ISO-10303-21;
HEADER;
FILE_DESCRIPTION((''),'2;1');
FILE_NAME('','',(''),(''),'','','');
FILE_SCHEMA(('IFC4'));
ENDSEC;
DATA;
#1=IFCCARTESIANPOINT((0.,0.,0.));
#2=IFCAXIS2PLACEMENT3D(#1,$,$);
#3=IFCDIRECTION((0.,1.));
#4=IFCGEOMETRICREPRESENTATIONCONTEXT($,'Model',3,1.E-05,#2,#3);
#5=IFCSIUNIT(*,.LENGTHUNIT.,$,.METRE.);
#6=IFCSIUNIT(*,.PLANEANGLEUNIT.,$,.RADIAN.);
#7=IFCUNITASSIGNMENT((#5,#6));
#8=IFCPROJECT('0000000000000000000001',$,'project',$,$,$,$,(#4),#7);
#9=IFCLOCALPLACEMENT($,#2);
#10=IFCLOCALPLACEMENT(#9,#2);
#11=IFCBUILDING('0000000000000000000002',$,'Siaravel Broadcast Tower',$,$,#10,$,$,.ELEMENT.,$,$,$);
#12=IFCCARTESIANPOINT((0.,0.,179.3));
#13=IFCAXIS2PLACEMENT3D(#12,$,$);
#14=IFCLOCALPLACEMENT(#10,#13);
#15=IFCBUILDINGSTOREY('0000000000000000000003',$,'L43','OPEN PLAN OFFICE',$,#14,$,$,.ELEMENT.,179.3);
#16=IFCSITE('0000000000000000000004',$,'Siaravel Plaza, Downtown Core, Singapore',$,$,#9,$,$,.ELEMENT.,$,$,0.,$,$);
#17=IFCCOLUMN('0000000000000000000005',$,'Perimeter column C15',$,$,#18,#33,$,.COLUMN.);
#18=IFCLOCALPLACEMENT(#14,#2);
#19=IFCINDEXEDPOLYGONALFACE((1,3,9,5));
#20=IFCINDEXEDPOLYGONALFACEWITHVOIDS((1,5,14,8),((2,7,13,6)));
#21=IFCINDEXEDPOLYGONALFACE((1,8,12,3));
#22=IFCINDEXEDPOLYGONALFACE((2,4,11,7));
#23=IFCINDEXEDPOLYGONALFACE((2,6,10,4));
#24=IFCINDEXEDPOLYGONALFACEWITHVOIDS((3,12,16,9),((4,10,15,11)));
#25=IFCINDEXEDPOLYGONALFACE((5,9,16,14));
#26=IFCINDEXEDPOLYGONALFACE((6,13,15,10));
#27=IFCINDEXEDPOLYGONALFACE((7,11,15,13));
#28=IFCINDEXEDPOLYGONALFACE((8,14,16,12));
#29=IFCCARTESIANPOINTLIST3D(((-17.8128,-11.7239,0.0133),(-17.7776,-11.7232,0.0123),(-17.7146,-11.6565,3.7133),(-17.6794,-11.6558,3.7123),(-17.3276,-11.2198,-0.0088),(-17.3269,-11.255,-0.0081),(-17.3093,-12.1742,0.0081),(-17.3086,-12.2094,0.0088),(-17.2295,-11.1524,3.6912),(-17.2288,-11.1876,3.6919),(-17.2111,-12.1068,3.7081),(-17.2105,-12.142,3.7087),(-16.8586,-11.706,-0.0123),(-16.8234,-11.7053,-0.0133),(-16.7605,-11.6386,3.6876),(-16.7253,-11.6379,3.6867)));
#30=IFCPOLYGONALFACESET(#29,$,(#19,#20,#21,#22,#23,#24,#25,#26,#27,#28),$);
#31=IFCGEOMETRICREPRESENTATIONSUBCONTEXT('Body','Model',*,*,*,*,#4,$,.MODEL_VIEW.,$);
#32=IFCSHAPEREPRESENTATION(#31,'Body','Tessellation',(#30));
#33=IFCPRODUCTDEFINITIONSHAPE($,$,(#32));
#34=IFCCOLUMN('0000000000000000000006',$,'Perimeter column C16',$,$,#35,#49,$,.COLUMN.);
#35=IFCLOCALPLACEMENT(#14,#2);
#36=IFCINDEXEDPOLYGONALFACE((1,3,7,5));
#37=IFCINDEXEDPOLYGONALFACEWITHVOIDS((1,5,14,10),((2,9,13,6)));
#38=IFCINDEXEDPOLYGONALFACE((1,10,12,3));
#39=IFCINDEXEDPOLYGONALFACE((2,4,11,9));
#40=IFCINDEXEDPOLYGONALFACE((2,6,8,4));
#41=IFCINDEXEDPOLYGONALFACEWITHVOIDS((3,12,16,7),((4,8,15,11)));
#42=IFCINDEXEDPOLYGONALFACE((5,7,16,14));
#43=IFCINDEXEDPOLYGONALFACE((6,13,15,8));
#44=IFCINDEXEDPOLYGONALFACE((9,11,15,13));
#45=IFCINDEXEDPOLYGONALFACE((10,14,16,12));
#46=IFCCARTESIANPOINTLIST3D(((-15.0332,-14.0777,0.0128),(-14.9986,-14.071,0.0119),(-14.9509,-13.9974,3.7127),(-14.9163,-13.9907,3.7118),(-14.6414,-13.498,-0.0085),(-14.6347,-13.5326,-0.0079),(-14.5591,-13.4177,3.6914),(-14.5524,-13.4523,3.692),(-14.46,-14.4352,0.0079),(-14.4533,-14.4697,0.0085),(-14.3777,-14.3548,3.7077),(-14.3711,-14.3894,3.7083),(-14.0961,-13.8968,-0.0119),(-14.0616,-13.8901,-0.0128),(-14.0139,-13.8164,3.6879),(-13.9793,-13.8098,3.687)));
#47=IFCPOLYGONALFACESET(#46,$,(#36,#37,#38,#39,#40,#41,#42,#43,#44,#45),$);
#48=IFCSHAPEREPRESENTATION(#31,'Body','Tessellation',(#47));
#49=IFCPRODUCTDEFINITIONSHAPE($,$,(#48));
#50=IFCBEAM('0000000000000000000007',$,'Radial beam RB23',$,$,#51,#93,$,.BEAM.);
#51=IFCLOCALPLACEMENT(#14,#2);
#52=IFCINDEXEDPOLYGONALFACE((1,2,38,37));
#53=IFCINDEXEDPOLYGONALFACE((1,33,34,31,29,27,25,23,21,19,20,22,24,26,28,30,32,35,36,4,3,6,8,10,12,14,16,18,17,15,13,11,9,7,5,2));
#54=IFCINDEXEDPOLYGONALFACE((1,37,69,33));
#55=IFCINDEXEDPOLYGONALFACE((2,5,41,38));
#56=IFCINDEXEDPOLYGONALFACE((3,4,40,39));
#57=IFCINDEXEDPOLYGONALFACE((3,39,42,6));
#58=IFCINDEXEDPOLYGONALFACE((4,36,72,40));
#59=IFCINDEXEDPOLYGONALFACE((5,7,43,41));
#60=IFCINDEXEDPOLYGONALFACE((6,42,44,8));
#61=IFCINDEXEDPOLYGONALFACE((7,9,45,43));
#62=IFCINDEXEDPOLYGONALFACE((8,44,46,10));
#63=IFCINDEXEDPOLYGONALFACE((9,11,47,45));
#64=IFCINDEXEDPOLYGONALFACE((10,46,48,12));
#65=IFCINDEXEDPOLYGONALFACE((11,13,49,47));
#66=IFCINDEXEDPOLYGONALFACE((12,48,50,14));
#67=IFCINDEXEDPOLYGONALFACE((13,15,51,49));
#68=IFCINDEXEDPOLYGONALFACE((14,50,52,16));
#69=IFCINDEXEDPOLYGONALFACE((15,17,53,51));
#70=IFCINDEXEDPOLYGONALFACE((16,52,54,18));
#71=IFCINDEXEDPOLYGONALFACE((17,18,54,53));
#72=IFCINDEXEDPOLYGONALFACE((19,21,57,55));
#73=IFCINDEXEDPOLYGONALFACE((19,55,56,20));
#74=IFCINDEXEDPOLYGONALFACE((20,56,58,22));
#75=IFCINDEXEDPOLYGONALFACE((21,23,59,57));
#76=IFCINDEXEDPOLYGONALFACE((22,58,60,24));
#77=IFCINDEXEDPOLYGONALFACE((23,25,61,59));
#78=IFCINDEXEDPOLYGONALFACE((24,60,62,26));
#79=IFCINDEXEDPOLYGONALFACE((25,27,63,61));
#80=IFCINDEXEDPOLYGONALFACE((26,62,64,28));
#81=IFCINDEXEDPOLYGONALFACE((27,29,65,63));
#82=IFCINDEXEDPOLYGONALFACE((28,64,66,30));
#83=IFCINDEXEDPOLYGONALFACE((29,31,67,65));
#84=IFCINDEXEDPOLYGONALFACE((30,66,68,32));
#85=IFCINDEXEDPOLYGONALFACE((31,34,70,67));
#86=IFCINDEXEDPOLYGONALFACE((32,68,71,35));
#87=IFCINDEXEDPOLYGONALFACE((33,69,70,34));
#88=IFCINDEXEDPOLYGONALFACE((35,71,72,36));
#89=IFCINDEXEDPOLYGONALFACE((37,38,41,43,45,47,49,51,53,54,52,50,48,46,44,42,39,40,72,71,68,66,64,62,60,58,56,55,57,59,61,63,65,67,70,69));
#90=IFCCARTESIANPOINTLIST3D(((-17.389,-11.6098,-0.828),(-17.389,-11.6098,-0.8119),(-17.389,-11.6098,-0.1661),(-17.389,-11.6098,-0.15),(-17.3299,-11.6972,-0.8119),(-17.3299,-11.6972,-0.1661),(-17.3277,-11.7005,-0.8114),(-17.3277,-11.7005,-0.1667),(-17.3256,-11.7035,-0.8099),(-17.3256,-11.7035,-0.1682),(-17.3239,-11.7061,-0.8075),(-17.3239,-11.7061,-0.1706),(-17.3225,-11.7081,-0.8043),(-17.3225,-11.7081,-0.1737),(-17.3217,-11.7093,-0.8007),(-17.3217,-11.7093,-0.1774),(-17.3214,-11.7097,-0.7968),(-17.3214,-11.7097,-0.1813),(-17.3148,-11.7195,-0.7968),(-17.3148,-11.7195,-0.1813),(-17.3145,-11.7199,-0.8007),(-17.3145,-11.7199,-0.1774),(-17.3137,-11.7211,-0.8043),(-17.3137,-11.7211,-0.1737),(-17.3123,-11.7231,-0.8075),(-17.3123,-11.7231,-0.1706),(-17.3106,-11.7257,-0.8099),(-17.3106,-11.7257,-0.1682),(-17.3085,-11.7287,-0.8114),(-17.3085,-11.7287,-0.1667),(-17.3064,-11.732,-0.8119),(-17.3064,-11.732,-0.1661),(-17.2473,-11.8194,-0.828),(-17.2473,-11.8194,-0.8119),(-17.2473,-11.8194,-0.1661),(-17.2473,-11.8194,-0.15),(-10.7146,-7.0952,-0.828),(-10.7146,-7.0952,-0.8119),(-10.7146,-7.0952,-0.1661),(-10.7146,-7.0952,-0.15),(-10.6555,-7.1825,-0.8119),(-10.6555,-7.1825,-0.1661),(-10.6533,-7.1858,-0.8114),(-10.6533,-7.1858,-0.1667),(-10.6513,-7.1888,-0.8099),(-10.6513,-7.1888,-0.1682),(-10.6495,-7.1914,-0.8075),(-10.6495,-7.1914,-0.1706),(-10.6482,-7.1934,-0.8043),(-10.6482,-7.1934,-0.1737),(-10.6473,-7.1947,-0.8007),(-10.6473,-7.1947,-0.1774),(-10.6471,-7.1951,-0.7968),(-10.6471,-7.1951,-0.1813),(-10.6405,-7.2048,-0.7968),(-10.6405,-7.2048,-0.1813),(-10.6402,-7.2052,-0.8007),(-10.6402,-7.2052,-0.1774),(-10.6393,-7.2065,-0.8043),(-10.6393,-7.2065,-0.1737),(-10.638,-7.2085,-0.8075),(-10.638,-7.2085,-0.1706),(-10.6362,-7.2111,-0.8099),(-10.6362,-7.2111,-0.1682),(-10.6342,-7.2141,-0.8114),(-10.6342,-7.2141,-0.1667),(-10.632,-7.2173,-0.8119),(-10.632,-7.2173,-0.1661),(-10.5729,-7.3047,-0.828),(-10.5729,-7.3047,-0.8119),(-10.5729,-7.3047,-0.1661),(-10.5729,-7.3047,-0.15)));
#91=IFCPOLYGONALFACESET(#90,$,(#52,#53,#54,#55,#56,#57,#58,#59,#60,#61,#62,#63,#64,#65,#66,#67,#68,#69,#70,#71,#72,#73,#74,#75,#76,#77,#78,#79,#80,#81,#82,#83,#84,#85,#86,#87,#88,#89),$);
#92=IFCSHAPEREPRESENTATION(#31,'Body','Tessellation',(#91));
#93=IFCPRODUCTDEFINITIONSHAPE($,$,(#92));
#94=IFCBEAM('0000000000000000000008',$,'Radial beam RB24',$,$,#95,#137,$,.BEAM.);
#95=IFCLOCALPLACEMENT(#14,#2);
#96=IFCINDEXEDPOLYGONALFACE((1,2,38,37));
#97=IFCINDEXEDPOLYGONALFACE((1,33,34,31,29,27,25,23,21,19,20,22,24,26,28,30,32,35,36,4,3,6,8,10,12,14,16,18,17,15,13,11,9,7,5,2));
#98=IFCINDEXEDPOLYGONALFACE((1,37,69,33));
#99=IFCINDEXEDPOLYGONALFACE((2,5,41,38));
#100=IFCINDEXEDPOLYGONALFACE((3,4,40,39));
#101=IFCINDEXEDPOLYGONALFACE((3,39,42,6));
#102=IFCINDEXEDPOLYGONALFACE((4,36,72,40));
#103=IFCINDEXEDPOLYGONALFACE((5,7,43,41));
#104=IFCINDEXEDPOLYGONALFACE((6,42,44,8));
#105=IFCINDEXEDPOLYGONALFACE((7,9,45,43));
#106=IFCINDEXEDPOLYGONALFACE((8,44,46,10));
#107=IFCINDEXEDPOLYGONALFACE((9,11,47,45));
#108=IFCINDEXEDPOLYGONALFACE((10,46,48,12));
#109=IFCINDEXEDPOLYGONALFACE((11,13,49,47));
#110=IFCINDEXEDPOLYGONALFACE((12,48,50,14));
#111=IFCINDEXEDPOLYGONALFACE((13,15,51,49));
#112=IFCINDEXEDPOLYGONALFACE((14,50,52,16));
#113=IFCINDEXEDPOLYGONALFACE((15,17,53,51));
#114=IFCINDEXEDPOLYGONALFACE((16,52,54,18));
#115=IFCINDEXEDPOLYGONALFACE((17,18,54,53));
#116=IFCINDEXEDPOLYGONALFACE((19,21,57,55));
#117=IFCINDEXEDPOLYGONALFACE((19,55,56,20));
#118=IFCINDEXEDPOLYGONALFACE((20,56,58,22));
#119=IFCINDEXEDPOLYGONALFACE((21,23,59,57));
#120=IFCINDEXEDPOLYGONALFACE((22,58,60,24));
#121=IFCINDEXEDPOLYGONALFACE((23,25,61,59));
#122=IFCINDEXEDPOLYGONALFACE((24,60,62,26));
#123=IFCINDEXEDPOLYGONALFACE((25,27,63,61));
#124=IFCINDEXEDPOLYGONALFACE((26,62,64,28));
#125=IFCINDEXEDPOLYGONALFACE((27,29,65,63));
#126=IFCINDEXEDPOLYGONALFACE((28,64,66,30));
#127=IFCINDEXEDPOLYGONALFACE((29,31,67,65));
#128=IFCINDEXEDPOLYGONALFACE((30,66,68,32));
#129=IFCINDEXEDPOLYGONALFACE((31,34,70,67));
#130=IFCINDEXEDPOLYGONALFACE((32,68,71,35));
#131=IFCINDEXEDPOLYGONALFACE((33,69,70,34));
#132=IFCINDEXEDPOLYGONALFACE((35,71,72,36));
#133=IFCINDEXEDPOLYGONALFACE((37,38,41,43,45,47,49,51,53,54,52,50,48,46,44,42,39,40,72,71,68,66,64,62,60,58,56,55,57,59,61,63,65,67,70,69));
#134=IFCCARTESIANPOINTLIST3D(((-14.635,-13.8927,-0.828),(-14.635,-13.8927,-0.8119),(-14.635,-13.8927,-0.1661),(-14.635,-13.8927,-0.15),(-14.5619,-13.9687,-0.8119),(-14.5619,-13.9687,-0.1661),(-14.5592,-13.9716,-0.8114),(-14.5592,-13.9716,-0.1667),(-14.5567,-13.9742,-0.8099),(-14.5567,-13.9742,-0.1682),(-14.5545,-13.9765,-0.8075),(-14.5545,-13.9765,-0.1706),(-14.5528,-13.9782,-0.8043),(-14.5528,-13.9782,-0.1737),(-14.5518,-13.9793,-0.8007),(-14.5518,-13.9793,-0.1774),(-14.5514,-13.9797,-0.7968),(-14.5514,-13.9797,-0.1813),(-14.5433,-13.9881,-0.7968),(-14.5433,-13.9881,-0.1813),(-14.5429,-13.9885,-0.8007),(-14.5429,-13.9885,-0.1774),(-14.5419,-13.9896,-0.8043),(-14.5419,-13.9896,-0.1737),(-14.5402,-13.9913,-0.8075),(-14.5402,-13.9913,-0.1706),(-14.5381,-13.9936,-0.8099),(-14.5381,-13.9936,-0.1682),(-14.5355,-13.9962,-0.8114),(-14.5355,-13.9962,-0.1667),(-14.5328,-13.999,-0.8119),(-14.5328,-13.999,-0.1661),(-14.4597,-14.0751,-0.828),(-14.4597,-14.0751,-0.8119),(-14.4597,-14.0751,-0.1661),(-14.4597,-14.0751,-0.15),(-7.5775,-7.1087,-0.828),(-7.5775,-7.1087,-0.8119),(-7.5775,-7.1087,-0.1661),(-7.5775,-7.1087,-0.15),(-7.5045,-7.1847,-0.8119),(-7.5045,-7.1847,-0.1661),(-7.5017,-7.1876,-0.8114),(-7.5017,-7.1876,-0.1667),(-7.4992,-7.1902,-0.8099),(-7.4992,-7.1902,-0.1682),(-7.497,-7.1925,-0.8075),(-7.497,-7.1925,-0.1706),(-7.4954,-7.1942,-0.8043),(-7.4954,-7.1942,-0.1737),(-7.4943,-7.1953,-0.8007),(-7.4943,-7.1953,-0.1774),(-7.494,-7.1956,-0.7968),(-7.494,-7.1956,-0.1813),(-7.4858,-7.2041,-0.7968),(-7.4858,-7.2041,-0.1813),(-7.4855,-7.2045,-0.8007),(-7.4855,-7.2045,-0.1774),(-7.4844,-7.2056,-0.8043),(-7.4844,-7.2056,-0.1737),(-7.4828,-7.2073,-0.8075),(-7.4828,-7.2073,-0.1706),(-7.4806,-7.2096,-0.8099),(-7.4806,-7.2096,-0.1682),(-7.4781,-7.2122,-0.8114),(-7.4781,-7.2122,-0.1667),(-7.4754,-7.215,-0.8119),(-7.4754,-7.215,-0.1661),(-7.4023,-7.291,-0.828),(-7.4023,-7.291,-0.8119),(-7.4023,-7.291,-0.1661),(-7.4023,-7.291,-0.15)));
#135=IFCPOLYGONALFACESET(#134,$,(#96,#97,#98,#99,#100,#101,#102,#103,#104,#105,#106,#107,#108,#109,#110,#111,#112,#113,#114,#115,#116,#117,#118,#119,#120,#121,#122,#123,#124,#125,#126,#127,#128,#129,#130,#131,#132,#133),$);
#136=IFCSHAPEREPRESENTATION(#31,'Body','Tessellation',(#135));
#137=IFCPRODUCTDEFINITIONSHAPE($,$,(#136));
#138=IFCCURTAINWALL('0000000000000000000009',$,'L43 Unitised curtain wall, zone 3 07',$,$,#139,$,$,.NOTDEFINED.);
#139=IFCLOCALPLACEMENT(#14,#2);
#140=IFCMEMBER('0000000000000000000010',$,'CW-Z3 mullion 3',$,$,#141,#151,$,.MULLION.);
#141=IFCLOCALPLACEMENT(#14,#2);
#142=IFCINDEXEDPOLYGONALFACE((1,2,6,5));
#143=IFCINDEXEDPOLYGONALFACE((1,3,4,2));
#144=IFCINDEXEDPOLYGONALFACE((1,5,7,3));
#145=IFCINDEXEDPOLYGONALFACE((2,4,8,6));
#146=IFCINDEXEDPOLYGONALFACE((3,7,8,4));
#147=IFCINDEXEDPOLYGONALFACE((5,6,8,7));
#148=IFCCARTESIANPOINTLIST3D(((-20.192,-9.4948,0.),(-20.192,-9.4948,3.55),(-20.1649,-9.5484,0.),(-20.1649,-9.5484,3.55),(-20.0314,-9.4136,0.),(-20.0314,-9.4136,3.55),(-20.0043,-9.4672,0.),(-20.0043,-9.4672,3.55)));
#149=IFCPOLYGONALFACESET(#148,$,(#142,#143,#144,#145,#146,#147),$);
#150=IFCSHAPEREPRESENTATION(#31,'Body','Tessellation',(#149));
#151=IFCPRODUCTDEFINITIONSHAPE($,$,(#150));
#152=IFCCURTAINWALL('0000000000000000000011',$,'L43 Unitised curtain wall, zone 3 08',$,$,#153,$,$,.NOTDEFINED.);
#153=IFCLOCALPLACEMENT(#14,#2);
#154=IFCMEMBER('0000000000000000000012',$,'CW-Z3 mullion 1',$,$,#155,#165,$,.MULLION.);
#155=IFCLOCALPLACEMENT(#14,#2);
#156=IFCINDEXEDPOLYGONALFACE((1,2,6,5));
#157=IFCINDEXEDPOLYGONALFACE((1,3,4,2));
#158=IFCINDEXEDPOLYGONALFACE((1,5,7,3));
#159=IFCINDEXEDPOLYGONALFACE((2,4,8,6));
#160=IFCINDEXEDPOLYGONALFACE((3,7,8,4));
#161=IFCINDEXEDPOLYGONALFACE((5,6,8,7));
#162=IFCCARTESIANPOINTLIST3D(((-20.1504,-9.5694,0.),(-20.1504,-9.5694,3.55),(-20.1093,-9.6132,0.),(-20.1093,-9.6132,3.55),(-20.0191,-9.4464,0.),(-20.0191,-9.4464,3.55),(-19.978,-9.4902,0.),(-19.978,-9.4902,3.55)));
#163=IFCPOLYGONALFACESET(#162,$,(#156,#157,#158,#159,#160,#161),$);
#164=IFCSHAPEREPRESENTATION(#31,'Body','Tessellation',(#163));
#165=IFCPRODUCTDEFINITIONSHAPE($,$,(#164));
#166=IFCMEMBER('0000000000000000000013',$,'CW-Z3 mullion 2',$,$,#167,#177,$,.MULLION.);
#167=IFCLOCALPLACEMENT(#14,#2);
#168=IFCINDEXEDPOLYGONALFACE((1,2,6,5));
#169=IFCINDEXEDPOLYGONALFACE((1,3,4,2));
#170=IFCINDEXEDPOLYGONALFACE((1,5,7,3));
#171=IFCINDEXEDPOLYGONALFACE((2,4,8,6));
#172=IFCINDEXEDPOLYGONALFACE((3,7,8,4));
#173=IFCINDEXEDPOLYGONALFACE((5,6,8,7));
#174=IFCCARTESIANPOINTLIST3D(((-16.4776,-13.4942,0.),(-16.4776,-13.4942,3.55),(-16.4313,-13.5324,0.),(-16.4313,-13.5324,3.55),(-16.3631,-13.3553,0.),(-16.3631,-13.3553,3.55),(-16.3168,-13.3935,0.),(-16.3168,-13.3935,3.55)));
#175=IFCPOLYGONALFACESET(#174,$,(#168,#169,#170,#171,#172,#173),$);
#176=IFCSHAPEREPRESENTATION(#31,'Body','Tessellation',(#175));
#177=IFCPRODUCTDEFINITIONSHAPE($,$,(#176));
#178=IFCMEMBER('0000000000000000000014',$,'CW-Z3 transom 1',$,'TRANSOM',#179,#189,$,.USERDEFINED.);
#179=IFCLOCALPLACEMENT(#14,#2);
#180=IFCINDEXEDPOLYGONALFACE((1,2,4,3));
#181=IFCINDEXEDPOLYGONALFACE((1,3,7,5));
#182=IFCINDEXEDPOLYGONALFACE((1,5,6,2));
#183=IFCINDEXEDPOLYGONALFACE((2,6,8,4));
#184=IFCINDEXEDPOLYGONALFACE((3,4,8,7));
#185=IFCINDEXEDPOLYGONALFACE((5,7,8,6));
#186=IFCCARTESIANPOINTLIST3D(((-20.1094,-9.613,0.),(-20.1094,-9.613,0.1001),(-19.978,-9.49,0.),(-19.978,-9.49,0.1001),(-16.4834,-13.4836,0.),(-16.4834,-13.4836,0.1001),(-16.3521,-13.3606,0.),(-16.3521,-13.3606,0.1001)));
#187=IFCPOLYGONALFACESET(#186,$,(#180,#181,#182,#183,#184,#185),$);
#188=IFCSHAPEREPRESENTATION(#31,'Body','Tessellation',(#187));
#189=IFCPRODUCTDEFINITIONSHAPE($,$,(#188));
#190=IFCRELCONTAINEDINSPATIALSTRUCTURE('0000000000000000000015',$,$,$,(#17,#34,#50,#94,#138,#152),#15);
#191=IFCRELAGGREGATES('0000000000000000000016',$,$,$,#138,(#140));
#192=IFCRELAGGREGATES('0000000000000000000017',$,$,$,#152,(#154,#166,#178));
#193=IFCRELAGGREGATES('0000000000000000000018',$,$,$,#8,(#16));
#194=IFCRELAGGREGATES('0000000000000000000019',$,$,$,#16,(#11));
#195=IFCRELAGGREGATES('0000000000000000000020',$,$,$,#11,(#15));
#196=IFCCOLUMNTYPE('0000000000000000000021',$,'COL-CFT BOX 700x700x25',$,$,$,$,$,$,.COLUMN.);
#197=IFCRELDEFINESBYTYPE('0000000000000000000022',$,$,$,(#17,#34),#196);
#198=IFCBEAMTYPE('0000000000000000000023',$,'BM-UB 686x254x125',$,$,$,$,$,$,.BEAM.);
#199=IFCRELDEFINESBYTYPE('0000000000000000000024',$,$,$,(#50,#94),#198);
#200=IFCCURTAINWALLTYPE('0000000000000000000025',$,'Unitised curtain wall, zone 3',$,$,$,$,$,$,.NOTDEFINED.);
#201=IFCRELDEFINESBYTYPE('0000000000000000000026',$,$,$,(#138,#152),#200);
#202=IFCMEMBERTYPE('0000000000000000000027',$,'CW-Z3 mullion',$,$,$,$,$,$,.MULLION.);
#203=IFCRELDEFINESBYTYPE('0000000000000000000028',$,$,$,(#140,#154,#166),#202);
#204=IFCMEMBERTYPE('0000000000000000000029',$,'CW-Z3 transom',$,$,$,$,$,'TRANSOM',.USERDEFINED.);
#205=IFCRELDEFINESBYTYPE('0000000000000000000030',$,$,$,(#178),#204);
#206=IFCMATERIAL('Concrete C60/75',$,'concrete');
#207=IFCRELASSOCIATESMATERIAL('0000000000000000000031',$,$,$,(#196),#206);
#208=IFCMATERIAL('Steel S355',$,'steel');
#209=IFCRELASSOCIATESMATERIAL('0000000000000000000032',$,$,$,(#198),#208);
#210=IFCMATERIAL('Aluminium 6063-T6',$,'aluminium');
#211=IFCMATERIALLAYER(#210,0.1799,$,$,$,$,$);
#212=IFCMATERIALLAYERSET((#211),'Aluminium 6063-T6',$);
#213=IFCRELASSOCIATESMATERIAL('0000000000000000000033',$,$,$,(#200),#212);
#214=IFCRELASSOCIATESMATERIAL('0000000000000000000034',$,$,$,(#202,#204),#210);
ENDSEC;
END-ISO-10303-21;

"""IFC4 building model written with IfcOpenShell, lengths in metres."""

from ifc_helpers import new_model, si_unit, direction, frame, origin, origin_2d, place, context, subcontext, project, spatial, rectangle, hollow_rectangle, i_section, extrude, material, layer, layer_set, material_profile, profile_set, type_object, element, aggregate, save


model = new_model("IFC4")

# Units and contexts
model_context = context("Model", 3, precision=1e-05, world=origin(), true_north=direction((0.0, 1.0)))
body_context = subcontext(model_context, "Body", "Model", "MODEL_VIEW")
ifc_project = project(units=[si_unit("LENGTHUNIT", "METRE"), si_unit("PLANEANGLEUNIT", "RADIAN")], contexts=[model_context])

# Site, building, storey
site_placement = place(None, origin())
site = spatial("IfcSite", under=ifc_project, at=site_placement, Name="Siaravel Plaza, Downtown Core, Singapore", CompositionType="ELEMENT", RefElevation=0.0)
building_placement = place(site_placement, origin())
building = spatial("IfcBuilding", under=site, at=building_placement, Name="Siaravel Broadcast Tower", CompositionType="ELEMENT")
storey_placement = place(building_placement, frame((0.0, 0.0, 179.3)))
storey = spatial("IfcBuildingStorey", under=building, at=storey_placement, Name="L43", Description="OPEN PLAN OFFICE", CompositionType="ELEMENT", Elevation=179.3)

# Columns
ifc_material_1 = material(Name="Concrete C60/75", Category="concrete")
ifc_material_profile_1 = material_profile(ifc_material_1, hollow_rectangle(XDim=0.7, YDim=0.7, WallThickness=0.0249, at=origin_2d()))
ifc_profile_set_1 = profile_set([ifc_material_profile_1], Name="Concrete C60/75")
column_type = type_object("IfcColumnType", Name="COL-CFT BOX 700x700x25", PredefinedType="COLUMN", material=ifc_profile_set_1)
column_1_placement = place(storey_placement, frame((-17.3181, -11.7146, 0.0), z_axis=(0.026512, 0.018202, 0.999483), x_axis=(-0.720311, 0.693622, 0.006475)))
element("IfcColumn", 1, at=column_1_placement, inside=storey, type_object=column_type, Name="Perimeter column C15", PredefinedType="COLUMN", context=body_context, shape_type="SweptSolid", body=[
    extrude(hollow_rectangle(XDim=0.7, YDim=0.7, WallThickness=0.0249, at=origin_2d()), origin(), (0.0, 0.0, 1.0), 3.7019),
])
column_2_placement = place(storey_placement, frame((-14.5474, -13.9839, 0.0), z_axis=(0.022226, 0.021699, 0.999517), x_axis=(-0.828399, 0.560103, 0.006262)))
element("IfcColumn", 2, at=column_2_placement, inside=storey, type_object=column_type, Name="Perimeter column C16", PredefinedType="COLUMN", context=body_context, shape_type="SweptSolid", body=[
    extrude(hollow_rectangle(XDim=0.7, YDim=0.7, WallThickness=0.0249, at=origin_2d()), origin(), (0.0, 0.0, 1.0), 3.7017),
])

# Beams
ifc_material_2 = material(Name="Steel S355", Category="steel")
ifc_material_profile_2 = material_profile(ifc_material_2, i_section(OverallWidth=0.2529, OverallDepth=0.678, WebThickness=0.0117, FlangeThickness=0.0161, FilletRadius=0.0151, at=origin_2d()))
ifc_profile_set_2 = profile_set([ifc_material_profile_2], Name="Steel S355")
beam_type = type_object("IfcBeamType", Name="BM-UB 686x254x125", PredefinedType="BEAM", material=ifc_profile_set_2)
beam_1_placement = place(storey_placement, frame((-17.3181, -11.7146, -0.489), z_axis=(0.828302, 0.560281, 0.0), x_axis=(-0.560281, 0.828302, 0.0)))
element("IfcBeam", 3, at=beam_1_placement, inside=storey, type_object=beam_type, Name="Radial beam RB23", PredefinedType="BEAM", context=body_context, shape_type="SweptSolid", body=[
    extrude(i_section(OverallWidth=0.2529, OverallDepth=0.678, WebThickness=0.0117, FlangeThickness=0.0161, FilletRadius=0.0151, at=origin_2d()), origin(), (0.0, 0.0, 1.0), 8.0579),
])
beam_2_placement = place(storey_placement, frame((-14.5474, -13.9839, -0.489), z_axis=(0.720935, 0.693003, 0.0), x_axis=(-0.693003, 0.720935, 0.0)))
element("IfcBeam", 4, at=beam_2_placement, inside=storey, type_object=beam_type, Name="Radial beam RB24", PredefinedType="BEAM", context=body_context, shape_type="SweptSolid", body=[
    extrude(i_section(OverallWidth=0.2529, OverallDepth=0.678, WebThickness=0.0117, FlangeThickness=0.0161, FilletRadius=0.0151, at=origin_2d()), origin(), (0.0, 0.0, 1.0), 9.7893),
])

# Curtain wall, member
ifc_material_3 = material(Name="Aluminium 6063-T6", Category="aluminium")
ifc_layer_1 = layer(ifc_material_3, 0.1799)
ifc_layer_set_1 = layer_set([ifc_layer_1], Name="Aluminium 6063-T6")
curtain_wall_type = type_object("IfcCurtainWallType", Name="Unitised curtain wall, zone 3", PredefinedType="NOTDEFINED", material=ifc_layer_set_1)
curtain_wall_1_placement = place(storey_placement, origin())
curtain_wall_1 = element("IfcCurtainWall", 5, at=curtain_wall_1_placement, inside=storey, type_object=curtain_wall_type, Name="L43 Unitised curtain wall, zone 3 07", PredefinedType="NOTDEFINED")
ifc_material_profile_3 = material_profile(ifc_material_3, rectangle(XDim=0.1799, YDim=0.0601, at=origin_2d()))
ifc_profile_set_3 = profile_set([ifc_material_profile_3], Name="Aluminium 6063-T6")
member_type_1 = type_object("IfcMemberType", Name="CW-Z3 mullion", PredefinedType="MULLION", material=ifc_profile_set_3)
member_1_placement = place(storey_placement, frame((-20.0981, -9.481, 0.0), z_axis=(0.0, 0.0, 1.0), x_axis=(0.892392, 0.451261, 0.0)))
member_1 = element("IfcMember", 6, at=member_1_placement, type_object=member_type_1, Name="CW-Z3 mullion 3", PredefinedType="MULLION", context=body_context, shape_type="SweptSolid", body=[
    extrude(rectangle(XDim=0.1799, YDim=0.0601, at=origin_2d()), origin(), (0.0, 0.0, 1.0), 3.55),
])
aggregate(curtain_wall_1, [member_1])

# Curtain wall, members
curtain_wall_2_placement = place(storey_placement, origin())
curtain_wall_2 = element("IfcCurtainWall", 7, at=curtain_wall_2_placement, inside=storey, type_object=curtain_wall_type, Name="L43 Unitised curtain wall, zone 3 08", PredefinedType="NOTDEFINED")
member_2_placement = place(storey_placement, frame((-20.0642, -9.5298, 0.0), z_axis=(0.0, 0.0, 1.0), x_axis=(0.729805, 0.683655, 0.0)))
member_2 = element("IfcMember", 8, at=member_2_placement, type_object=member_type_1, Name="CW-Z3 mullion 1", PredefinedType="MULLION", context=body_context, shape_type="SweptSolid", body=[
    extrude(rectangle(XDim=0.1799, YDim=0.0601, at=origin_2d()), origin(), (0.0, 0.0, 1.0), 3.55),
])
member_3_placement = place(storey_placement, frame((-16.3972, -13.4438, 0.0), z_axis=(0.0, 0.0, 1.0), x_axis=(0.636218, 0.771509, 0.0)))
member_3 = element("IfcMember", 9, at=member_3_placement, type_object=member_type_1, Name="CW-Z3 mullion 2", PredefinedType="MULLION", context=body_context, shape_type="SweptSolid", body=[
    extrude(rectangle(XDim=0.1799, YDim=0.0601, at=origin_2d()), origin(), (0.0, 0.0, 1.0), 3.55),
])
ifc_material_profile_4 = material_profile(ifc_material_3, rectangle(XDim=0.1799, YDim=0.1001, at=origin_2d()))
ifc_profile_set_4 = profile_set([ifc_material_profile_4], Name="Aluminium 6063-T6")
member_type_2 = type_object("IfcMemberType", Name="CW-Z3 transom", ElementType="TRANSOM", PredefinedType="USERDEFINED", material=ifc_profile_set_4)
member_4_placement = place(storey_placement, frame((-20.0437, -9.5515, 0.05), z_axis=(0.683669, -0.729793, 0.0), x_axis=(0.729793, 0.683669, 0.0)))
member_4 = element("IfcMember", 10, at=member_4_placement, type_object=member_type_2, Name="CW-Z3 transom 1", ObjectType="TRANSOM", PredefinedType="USERDEFINED", context=body_context, shape_type="SweptSolid", body=[
    extrude(rectangle(XDim=0.1799, YDim=0.1001, at=origin_2d()), origin(), (0.0, 0.0, 1.0), 5.3037),
])

aggregate(curtain_wall_2, [member_2, member_3, member_4])

save(model, "model.ifc")
